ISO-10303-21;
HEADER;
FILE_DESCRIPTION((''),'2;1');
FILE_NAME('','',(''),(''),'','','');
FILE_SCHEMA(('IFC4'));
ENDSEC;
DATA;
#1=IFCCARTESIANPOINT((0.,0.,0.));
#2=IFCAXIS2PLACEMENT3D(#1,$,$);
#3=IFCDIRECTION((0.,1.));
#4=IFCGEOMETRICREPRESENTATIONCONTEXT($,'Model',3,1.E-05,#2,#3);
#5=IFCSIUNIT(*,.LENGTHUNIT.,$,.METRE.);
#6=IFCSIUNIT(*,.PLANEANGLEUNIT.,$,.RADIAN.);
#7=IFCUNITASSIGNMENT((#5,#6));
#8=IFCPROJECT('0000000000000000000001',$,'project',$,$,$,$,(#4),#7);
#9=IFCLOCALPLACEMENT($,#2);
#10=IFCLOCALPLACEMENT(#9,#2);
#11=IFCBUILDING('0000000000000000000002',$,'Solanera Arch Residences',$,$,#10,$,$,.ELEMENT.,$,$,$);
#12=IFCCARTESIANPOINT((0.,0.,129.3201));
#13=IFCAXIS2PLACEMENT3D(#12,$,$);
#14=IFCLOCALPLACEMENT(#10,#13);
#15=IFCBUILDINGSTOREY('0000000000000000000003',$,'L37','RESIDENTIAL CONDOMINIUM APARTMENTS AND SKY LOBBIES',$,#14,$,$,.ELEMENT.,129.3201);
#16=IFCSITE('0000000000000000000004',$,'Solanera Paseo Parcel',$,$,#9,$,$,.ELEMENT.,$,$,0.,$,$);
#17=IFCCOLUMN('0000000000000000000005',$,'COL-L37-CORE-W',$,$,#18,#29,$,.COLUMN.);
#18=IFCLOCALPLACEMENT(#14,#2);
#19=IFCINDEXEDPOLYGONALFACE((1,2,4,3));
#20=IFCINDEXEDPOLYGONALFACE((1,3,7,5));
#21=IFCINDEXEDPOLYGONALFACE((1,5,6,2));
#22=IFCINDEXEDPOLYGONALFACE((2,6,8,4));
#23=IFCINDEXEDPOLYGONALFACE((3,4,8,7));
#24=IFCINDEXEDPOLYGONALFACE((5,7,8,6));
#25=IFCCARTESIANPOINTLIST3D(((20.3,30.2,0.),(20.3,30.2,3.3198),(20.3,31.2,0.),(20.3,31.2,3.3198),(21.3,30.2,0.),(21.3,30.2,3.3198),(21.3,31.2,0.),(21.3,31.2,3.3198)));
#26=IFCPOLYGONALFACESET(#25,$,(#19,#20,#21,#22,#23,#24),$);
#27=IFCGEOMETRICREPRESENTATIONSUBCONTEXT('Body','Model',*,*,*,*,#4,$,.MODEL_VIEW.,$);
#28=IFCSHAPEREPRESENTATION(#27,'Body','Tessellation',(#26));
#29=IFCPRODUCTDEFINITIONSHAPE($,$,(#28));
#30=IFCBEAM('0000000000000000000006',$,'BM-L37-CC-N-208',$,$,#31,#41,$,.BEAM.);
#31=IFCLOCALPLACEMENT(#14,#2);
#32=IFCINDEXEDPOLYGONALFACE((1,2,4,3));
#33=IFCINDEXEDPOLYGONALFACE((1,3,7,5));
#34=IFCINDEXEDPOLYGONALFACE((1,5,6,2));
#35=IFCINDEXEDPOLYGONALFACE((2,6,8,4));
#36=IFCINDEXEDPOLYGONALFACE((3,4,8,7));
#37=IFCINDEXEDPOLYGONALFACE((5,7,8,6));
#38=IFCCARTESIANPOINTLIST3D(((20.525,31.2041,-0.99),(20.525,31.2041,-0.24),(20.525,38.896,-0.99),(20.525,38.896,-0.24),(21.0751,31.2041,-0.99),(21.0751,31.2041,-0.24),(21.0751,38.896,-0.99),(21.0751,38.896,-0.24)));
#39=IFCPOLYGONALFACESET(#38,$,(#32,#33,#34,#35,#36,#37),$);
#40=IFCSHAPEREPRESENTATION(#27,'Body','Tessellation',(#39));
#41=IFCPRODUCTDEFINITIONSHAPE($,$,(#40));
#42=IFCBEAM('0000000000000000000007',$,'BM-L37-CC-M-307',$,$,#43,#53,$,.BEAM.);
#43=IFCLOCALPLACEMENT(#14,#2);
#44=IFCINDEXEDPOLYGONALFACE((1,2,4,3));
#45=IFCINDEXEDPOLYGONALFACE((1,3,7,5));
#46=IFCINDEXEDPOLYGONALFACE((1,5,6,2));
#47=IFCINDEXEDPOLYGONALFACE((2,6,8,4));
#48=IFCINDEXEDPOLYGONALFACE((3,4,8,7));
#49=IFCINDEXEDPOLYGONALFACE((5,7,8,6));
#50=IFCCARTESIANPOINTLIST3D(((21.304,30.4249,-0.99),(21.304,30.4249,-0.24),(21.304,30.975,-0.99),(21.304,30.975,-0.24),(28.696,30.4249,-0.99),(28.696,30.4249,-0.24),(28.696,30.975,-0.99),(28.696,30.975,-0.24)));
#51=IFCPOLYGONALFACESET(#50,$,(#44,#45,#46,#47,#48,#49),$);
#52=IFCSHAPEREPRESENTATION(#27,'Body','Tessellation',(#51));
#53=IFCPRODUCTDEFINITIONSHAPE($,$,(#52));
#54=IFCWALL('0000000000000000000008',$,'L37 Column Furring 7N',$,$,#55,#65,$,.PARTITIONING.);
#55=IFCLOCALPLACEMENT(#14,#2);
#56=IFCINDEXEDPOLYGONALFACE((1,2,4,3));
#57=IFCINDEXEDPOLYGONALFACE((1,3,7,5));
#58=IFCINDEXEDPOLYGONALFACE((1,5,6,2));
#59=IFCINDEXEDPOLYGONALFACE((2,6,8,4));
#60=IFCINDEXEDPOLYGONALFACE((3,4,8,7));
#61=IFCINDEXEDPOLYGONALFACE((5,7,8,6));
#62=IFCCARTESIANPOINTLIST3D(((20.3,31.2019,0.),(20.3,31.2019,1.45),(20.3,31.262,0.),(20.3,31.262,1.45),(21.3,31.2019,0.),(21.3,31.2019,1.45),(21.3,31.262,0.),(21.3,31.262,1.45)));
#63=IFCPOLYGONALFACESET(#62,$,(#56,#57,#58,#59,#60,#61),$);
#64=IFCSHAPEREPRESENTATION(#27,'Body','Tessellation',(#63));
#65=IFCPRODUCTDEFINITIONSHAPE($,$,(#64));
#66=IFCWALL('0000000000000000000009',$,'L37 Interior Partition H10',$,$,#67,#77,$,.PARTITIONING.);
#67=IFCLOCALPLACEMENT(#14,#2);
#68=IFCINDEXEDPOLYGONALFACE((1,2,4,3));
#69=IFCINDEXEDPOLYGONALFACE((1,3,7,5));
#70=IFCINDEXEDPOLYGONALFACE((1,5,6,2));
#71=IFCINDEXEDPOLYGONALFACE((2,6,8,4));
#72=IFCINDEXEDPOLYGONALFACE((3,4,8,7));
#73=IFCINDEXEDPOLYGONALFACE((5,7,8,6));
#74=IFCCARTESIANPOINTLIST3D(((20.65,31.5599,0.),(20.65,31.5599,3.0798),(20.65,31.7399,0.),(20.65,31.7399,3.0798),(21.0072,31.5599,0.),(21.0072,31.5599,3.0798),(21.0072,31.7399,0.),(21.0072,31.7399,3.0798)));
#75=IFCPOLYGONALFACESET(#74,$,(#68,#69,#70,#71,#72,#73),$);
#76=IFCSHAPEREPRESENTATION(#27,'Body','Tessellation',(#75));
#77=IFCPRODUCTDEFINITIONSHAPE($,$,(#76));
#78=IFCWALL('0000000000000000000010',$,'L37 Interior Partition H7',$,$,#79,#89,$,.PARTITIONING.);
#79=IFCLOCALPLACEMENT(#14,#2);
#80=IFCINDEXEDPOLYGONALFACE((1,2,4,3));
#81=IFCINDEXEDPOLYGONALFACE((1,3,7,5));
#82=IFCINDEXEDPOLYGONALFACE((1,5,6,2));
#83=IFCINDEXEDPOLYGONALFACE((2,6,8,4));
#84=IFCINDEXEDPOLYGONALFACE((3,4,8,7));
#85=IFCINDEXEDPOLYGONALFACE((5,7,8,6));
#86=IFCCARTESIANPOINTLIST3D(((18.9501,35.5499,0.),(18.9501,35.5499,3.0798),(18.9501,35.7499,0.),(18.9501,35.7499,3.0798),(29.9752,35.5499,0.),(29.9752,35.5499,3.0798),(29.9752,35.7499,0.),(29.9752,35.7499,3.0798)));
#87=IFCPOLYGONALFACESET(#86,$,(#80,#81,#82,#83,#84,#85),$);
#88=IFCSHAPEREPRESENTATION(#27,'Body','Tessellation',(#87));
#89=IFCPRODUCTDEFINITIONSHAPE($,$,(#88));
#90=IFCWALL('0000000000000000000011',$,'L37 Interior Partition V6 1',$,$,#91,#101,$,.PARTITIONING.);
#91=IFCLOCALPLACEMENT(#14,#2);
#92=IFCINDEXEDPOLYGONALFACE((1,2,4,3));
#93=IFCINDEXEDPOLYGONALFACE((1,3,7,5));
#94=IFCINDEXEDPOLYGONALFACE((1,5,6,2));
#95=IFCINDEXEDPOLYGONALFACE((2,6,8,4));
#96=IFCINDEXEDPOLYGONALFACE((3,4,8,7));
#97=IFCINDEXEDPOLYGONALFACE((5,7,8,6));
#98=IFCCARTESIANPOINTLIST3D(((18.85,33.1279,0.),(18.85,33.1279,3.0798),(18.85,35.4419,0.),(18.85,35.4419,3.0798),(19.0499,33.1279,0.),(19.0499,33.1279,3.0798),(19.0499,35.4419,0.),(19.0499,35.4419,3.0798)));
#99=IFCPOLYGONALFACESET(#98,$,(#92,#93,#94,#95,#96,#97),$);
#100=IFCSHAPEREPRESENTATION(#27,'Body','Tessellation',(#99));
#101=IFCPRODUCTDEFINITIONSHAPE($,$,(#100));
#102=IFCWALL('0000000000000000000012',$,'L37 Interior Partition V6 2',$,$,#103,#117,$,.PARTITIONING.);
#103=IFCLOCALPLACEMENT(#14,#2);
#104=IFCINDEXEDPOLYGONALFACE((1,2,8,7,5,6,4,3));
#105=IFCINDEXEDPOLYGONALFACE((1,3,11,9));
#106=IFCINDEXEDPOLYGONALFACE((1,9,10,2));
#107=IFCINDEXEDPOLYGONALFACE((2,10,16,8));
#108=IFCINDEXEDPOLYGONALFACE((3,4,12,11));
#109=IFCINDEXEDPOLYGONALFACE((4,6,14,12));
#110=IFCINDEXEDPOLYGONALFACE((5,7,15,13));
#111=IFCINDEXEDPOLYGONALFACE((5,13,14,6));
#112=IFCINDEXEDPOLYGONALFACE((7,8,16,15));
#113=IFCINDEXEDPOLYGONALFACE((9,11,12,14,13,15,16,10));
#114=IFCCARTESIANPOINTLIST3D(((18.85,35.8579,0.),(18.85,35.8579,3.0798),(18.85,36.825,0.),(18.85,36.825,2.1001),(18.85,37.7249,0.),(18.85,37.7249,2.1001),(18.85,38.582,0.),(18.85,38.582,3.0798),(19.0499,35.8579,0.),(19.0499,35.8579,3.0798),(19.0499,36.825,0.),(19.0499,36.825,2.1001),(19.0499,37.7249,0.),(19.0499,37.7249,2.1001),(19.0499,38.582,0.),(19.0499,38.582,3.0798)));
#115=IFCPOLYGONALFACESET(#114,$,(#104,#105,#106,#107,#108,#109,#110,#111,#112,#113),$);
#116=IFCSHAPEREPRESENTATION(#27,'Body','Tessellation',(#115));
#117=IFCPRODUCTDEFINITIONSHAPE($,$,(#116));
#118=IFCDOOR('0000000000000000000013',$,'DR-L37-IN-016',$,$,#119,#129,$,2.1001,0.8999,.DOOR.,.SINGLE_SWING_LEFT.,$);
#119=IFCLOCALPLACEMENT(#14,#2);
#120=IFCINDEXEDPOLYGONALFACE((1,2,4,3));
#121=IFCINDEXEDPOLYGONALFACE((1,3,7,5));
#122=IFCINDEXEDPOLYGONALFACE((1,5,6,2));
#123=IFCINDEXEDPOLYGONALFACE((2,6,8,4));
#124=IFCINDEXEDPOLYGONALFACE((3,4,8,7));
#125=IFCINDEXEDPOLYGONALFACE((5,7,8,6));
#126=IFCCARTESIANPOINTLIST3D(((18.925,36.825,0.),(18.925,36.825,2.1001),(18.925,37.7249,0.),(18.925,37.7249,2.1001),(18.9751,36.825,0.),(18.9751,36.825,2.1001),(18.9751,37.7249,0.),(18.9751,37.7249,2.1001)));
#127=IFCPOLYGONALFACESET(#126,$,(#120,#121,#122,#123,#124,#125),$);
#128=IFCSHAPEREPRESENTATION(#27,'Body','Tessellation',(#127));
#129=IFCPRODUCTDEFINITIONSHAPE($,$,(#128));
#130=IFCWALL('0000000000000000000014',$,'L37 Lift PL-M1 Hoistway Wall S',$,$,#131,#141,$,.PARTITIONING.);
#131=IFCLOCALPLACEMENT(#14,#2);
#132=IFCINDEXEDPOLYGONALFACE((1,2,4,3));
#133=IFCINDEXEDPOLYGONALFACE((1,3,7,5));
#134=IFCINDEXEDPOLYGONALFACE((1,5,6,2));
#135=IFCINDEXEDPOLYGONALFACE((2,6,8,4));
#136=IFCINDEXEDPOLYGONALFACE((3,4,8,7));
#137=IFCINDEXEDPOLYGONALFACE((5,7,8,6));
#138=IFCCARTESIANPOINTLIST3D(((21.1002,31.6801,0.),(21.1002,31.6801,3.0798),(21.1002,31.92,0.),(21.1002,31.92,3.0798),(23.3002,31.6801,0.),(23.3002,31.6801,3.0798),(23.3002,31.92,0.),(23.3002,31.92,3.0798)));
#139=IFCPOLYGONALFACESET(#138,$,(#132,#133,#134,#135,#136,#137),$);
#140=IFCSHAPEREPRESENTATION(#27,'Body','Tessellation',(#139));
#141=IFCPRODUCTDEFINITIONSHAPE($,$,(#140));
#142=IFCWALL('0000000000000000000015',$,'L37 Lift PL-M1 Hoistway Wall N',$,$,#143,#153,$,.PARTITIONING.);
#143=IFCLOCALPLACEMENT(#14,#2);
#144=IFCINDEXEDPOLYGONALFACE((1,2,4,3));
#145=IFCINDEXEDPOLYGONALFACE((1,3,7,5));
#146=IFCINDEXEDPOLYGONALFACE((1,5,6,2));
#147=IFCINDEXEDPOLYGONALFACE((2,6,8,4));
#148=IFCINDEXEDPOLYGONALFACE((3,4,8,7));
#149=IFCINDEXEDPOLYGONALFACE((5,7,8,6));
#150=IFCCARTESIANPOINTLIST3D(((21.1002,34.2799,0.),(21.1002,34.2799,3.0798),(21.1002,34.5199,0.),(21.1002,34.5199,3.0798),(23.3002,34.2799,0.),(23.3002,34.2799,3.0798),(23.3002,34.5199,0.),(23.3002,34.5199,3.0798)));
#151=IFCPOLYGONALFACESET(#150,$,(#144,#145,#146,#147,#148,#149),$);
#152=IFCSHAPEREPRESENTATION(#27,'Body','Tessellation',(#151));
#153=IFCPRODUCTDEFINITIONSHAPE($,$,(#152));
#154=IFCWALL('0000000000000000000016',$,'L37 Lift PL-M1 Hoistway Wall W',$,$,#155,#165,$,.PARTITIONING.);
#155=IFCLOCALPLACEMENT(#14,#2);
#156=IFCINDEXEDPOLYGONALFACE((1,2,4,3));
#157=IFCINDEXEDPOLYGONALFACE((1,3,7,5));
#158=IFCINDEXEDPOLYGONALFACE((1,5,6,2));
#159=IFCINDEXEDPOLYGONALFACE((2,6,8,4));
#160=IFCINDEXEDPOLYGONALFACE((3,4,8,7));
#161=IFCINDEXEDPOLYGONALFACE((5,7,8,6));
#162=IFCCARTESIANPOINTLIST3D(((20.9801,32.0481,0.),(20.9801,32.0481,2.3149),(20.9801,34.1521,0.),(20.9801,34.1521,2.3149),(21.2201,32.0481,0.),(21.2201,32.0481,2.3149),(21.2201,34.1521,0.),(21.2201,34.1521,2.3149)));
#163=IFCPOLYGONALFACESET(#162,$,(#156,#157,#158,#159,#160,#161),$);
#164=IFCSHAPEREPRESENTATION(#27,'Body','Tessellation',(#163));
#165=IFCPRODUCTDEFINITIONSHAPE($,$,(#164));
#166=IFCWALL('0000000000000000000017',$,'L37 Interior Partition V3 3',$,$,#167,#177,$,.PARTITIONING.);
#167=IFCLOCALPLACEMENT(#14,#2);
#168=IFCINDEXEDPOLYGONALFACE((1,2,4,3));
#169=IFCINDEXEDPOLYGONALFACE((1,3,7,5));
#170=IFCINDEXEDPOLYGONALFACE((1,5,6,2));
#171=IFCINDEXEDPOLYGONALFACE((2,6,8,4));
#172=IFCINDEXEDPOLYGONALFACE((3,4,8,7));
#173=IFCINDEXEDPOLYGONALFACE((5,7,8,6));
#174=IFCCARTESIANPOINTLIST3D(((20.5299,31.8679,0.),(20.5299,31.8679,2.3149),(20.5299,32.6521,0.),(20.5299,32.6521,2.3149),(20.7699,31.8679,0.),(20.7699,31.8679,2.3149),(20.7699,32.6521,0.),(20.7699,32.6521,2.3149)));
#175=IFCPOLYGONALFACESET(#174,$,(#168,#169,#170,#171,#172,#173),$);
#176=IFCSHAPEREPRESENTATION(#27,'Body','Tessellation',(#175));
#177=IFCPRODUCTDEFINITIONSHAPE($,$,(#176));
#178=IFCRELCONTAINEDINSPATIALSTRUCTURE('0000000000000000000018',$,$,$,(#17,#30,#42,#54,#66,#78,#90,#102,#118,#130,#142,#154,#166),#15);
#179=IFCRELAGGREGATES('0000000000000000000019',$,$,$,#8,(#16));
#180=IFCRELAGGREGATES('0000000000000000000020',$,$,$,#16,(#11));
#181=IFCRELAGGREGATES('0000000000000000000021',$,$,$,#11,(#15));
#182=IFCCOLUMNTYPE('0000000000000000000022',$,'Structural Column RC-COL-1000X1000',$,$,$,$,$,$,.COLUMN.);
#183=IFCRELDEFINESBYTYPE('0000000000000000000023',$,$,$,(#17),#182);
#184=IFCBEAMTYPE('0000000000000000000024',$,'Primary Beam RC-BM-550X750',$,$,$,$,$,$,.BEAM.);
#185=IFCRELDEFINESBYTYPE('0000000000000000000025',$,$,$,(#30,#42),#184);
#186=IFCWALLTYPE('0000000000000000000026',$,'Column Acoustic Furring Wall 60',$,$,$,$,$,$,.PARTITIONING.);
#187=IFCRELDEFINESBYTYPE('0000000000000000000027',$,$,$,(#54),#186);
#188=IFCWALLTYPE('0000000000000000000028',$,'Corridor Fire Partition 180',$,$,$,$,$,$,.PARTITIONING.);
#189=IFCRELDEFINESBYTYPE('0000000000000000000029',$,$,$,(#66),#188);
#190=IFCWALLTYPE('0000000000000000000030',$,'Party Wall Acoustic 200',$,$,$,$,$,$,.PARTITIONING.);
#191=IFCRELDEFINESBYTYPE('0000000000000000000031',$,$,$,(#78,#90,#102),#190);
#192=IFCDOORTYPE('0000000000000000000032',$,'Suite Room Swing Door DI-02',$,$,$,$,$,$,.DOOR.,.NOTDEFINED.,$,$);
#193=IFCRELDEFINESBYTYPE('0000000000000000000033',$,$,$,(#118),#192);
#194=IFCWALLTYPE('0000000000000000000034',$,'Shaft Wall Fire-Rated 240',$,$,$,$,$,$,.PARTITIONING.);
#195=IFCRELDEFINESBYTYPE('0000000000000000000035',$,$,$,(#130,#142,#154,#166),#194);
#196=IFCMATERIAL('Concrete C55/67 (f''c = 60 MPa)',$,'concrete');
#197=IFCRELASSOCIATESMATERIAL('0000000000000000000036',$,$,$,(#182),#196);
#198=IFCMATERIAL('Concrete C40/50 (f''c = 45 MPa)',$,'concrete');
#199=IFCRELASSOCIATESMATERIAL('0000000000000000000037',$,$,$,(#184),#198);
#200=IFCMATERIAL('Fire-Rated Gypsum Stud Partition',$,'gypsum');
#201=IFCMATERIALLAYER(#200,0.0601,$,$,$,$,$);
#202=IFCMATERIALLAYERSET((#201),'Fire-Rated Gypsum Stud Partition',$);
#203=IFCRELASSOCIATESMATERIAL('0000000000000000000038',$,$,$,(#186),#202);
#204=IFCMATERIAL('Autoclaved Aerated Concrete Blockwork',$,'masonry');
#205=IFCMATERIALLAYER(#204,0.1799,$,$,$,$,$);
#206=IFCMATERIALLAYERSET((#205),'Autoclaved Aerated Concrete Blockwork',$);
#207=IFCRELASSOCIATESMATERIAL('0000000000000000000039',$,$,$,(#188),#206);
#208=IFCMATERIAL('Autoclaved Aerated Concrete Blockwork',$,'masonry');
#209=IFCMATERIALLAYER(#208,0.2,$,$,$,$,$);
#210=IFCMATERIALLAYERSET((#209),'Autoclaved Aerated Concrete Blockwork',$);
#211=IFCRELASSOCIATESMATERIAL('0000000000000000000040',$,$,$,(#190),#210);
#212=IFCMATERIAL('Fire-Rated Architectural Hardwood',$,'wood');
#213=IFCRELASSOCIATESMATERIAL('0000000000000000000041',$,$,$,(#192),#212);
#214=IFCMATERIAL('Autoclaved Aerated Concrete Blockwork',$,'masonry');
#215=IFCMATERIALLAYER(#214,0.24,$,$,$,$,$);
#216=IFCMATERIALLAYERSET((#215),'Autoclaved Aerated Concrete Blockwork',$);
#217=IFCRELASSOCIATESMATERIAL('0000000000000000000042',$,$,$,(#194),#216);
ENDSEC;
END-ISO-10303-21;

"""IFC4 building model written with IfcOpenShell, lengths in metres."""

from ifc_helpers import new_model, si_unit, direction, frame, frame_2d, origin, origin_2d, place, context, subcontext, project, spatial, rectangle, extrude, material, layer, layer_set, material_profile, profile_set, type_object, element, fill, save


model = new_model("IFC4")

# Units and contexts
model_context = context("Model", 3, precision=1e-05, world=origin(), true_north=direction((0.0, 1.0)))
body_context = subcontext(model_context, "Body", "Model", "MODEL_VIEW")
ifc_project = project(units=[si_unit("LENGTHUNIT", "METRE"), si_unit("PLANEANGLEUNIT", "RADIAN")], contexts=[model_context])

# Site, building, storey
site_placement = place(None, origin())
site = spatial("IfcSite", under=ifc_project, at=site_placement, Name="Solanera Paseo Parcel", CompositionType="ELEMENT", RefElevation=0.0)
building_placement = place(site_placement, origin())
building = spatial("IfcBuilding", under=site, at=building_placement, Name="Solanera Arch Residences", CompositionType="ELEMENT")
storey_placement = place(building_placement, frame((0.0, 0.0, 129.3201)))
storey = spatial("IfcBuildingStorey", under=building, at=storey_placement, Name="L37", Description="RESIDENTIAL CONDOMINIUM APARTMENTS AND SKY LOBBIES", CompositionType="ELEMENT", Elevation=129.3201)

# Column
ifc_material_1 = material(Name="Concrete C55/67 (f'c = 60 MPa)", Category="concrete")
ifc_material_profile_1 = material_profile(ifc_material_1, rectangle(XDim=1.0, YDim=1.0, at=origin_2d()))
ifc_profile_set_1 = profile_set([ifc_material_profile_1], Name="Concrete C55/67 (f'c = 60 MPa)")
column_type = type_object("IfcColumnType", Name="Structural Column RC-COL-1000X1000", PredefinedType="COLUMN", material=ifc_profile_set_1)
column_placement = place(storey_placement, frame((20.8, 30.7, 0.0), z_axis=(0.0, 0.0, 1.0), x_axis=(1.0, 0.0, 0.0)))
element("IfcColumn", 1, at=column_placement, inside=storey, type_object=column_type, Name="COL-L37-CORE-W", PredefinedType="COLUMN", context=body_context, shape_type="SweptSolid", body=[
    extrude(rectangle(XDim=1.0, YDim=1.0, at=origin_2d()), origin(), (0.0, 0.0, 1.0), 3.3198),
])

# Beams
ifc_material_2 = material(Name="Concrete C40/50 (f'c = 45 MPa)", Category="concrete")
ifc_material_profile_2 = material_profile(ifc_material_2, rectangle(XDim=0.55, YDim=0.75, at=origin_2d()))
ifc_profile_set_2 = profile_set([ifc_material_profile_2], Name="Concrete C40/50 (f'c = 45 MPa)")
beam_type = type_object("IfcBeamType", Name="Primary Beam RC-BM-550X750", PredefinedType="BEAM", material=ifc_profile_set_2)
beam_1_placement = place(storey_placement, frame((20.8, 31.2041, -0.615), z_axis=(0.0, 1.0, 0.0), x_axis=(-1.0, 0.0, 0.0)))
element("IfcBeam", 2, at=beam_1_placement, inside=storey, type_object=beam_type, Name="BM-L37-CC-N-208", PredefinedType="BEAM", context=body_context, shape_type="SweptSolid", body=[
    extrude(rectangle(XDim=0.55, YDim=0.75, at=origin_2d()), origin(), (0.0, 0.0, 1.0), 7.6919),
])
beam_2_placement = place(storey_placement, frame((21.304, 30.7, -0.615), z_axis=(1.0, 0.0, 0.0), x_axis=(0.0, 1.0, 0.0)))
element("IfcBeam", 3, at=beam_2_placement, inside=storey, type_object=beam_type, Name="BM-L37-CC-M-307", PredefinedType="BEAM", context=body_context, shape_type="SweptSolid", body=[
    extrude(rectangle(XDim=0.55, YDim=0.75, at=origin_2d()), origin(), (0.0, 0.0, 1.0), 7.3921),
])

# Wall
ifc_material_3 = material(Name="Fire-Rated Gypsum Stud Partition", Category="gypsum")
ifc_layer_1 = layer(ifc_material_3, 0.0601)
ifc_layer_set_1 = layer_set([ifc_layer_1], Name="Fire-Rated Gypsum Stud Partition")
wall_type_1 = type_object("IfcWallType", Name="Column Acoustic Furring Wall 60", PredefinedType="PARTITIONING", material=ifc_layer_set_1)
wall_1_placement = place(storey_placement, frame((20.3, 31.2319, 0.0), z_axis=(0.0, 0.0, 1.0), x_axis=(1.0, 0.0, 0.0)))
element("IfcWall", 4, at=wall_1_placement, inside=storey, type_object=wall_type_1, Name="L37 Column Furring 7N", PredefinedType="PARTITIONING", context=body_context, shape_type="SweptSolid", body=[
    extrude(rectangle(XDim=1.0, YDim=0.0601, at=frame_2d((0.5, 0.0))), origin(), (0.0, 0.0, 1.0), 1.45),
])

# Walls
ifc_material_4 = material(Name="Autoclaved Aerated Concrete Blockwork", Category="masonry")
ifc_layer_2 = layer(ifc_material_4, 0.1799)
ifc_layer_set_2 = layer_set([ifc_layer_2], Name="Autoclaved Aerated Concrete Blockwork")
wall_type_2 = type_object("IfcWallType", Name="Corridor Fire Partition 180", PredefinedType="PARTITIONING", material=ifc_layer_set_2)
wall_2_placement = place(storey_placement, frame((20.6499, 31.6499, 0.0), z_axis=(0.0, 0.0, 1.0), x_axis=(1.0, 0.0, 0.0)))
element("IfcWall", 5, at=wall_2_placement, inside=storey, type_object=wall_type_2, Name="L37 Interior Partition H10", PredefinedType="PARTITIONING", context=body_context, shape_type="SweptSolid", body=[
    extrude(rectangle(XDim=0.3572, YDim=0.1799, at=frame_2d((0.1787, 0.0))), origin(), (0.0, 0.0, 1.0), 3.0798),
])
ifc_material_5 = material(Name="Autoclaved Aerated Concrete Blockwork", Category="masonry")
ifc_layer_3 = layer(ifc_material_5, 0.2)
ifc_layer_set_3 = layer_set([ifc_layer_3], Name="Autoclaved Aerated Concrete Blockwork")
wall_type_3 = type_object("IfcWallType", Name="Party Wall Acoustic 200", PredefinedType="PARTITIONING", material=ifc_layer_set_3)
wall_3_placement = place(storey_placement, frame((18.95, 35.6499, 0.0), z_axis=(0.0, 0.0, 1.0), x_axis=(1.0, 0.0, 0.0)))
element("IfcWall", 6, at=wall_3_placement, inside=storey, type_object=wall_type_3, Name="L37 Interior Partition H7", PredefinedType="PARTITIONING", context=body_context, shape_type="SweptSolid", body=[
    extrude(rectangle(XDim=11.0251, YDim=0.2, at=frame_2d((5.5127, 0.0))), origin(), (0.0, 0.0, 1.0), 3.0798),
])
wall_4_placement = place(storey_placement, frame((18.95, 33.1279, 0.0), z_axis=(0.0, 0.0, 1.0), x_axis=(0.0, 1.0, 0.0)))
element("IfcWall", 7, at=wall_4_placement, inside=storey, type_object=wall_type_3, Name="L37 Interior Partition V6 1", PredefinedType="PARTITIONING", context=body_context, shape_type="SweptSolid", body=[
    extrude(rectangle(XDim=2.314, YDim=0.2, at=frame_2d((1.157, 0.0))), origin(), (0.0, 0.0, 1.0), 3.0798),
])

# Wall, opening, door
wall_5_placement = place(storey_placement, frame((18.95, 35.8579, 0.0), z_axis=(0.0, 0.0, 1.0), x_axis=(0.0, 1.0, 0.0)))
wall_5 = element("IfcWall", 8, at=wall_5_placement, inside=storey, type_object=wall_type_3, Name="L37 Interior Partition V6 2", PredefinedType="PARTITIONING", context=body_context, shape_type="SweptSolid", body=[
    extrude(rectangle(XDim=2.7241, YDim=0.2, at=frame_2d((1.3621, 0.0))), origin(), (0.0, 0.0, 1.0), 3.0798),
])
opening_1_placement = place(wall_5_placement, frame((0.967, 0.0, 0.0)))
opening_1 = element("IfcOpeningElement", 9, at=opening_1_placement, cuts=wall_5, PredefinedType="OPENING", context=body_context, shape_type="SweptSolid", body=[
    extrude(rectangle(XDim=0.8999, YDim=2.1001, at=frame_2d((0.45, 1.05))), frame((0.0, 0.1101, 0.0), z_axis=(0.0, -1.0, 0.0), x_axis=(1.0, 0.0, 0.0)), (0.0, 0.0, 1.0), 0.22),
])
ifc_material_6 = material(Name="Fire-Rated Architectural Hardwood", Category="wood")
door_type_1 = type_object("IfcDoorType", Name="Suite Room Swing Door DI-02", OperationType="NOTDEFINED", PredefinedType="DOOR", material=ifc_material_6)
door_1_placement = place(opening_1_placement, origin())
door_1 = element("IfcDoor", 10, at=door_1_placement, inside=storey, type_object=door_type_1, Name="DR-L37-IN-016", OperationType="SINGLE_SWING_LEFT", OverallHeight=2.1001, OverallWidth=0.8999, PredefinedType="DOOR", context=body_context, shape_type="SweptSolid", body=[
    extrude(rectangle(XDim=0.8999, YDim=2.1001, at=frame_2d((0.45, 1.05))), frame((0.0, 0.0249, 0.0), z_axis=(0.0, -1.0, 0.0), x_axis=(1.0, 0.0, 0.0)), (0.0, 0.0, 1.0), 0.05),
])
fill(opening_1, door_1)

# Walls
ifc_material_7 = material(Name="Autoclaved Aerated Concrete Blockwork", Category="masonry")
ifc_layer_4 = layer(ifc_material_7, 0.24)
ifc_layer_set_4 = layer_set([ifc_layer_4], Name="Autoclaved Aerated Concrete Blockwork")
wall_type_4 = type_object("IfcWallType", Name="Shaft Wall Fire-Rated 240", PredefinedType="PARTITIONING", material=ifc_layer_set_4)
for number, where, z_axis, x_axis, name in (
    (11, (21.1001, 31.8, 0.0), (0.0, 0.0, 1.0), (1.0, 0.0, 0.0), "L37 Lift PL-M1 Hoistway Wall S"),
    (12, (21.1001, 34.3999, 0.0), (0.0, 0.0, 1.0), (1.0, 0.0, 0.0), "L37 Lift PL-M1 Hoistway Wall N"),
):
    element("IfcWall", number, at=place(storey_placement, frame(where, z_axis=z_axis, x_axis=x_axis)), inside=storey, type_object=wall_type_4, Name=name, PredefinedType="PARTITIONING", context=body_context, shape_type="SweptSolid", body=[
        extrude(rectangle(XDim=2.2, YDim=0.24, at=frame_2d((1.1001, 0.0))), origin(), (0.0, 0.0, 1.0), 3.0798),
    ])
wall_6_placement = place(storey_placement, frame((21.1001, 32.0481, 0.0), z_axis=(0.0, 0.0, 1.0), x_axis=(0.0, 1.0, 0.0)))
element("IfcWall", 13, at=wall_6_placement, inside=storey, type_object=wall_type_4, Name="L37 Lift PL-M1 Hoistway Wall W", PredefinedType="PARTITIONING", context=body_context, shape_type="SweptSolid", body=[
    extrude(rectangle(XDim=2.104, YDim=0.24, at=frame_2d((1.052, 0.0))), origin(), (0.0, 0.0, 1.0), 2.3149),
])

# Wall
wall_7_placement = place(storey_placement, frame((20.6499, 31.8679, 0.0), z_axis=(0.0, 0.0, 1.0), x_axis=(0.0, 1.0, 0.0)))
element("IfcWall", 14, at=wall_7_placement, inside=storey, type_object=wall_type_4, Name="L37 Interior Partition V3 3", PredefinedType="PARTITIONING", context=body_context, shape_type="SweptSolid", body=[
    extrude(rectangle(XDim=0.7842, YDim=0.24, at=frame_2d((0.3921, 0.0))), origin(), (0.0, 0.0, 1.0), 2.3149),
])

save(model, "model.ifc")
